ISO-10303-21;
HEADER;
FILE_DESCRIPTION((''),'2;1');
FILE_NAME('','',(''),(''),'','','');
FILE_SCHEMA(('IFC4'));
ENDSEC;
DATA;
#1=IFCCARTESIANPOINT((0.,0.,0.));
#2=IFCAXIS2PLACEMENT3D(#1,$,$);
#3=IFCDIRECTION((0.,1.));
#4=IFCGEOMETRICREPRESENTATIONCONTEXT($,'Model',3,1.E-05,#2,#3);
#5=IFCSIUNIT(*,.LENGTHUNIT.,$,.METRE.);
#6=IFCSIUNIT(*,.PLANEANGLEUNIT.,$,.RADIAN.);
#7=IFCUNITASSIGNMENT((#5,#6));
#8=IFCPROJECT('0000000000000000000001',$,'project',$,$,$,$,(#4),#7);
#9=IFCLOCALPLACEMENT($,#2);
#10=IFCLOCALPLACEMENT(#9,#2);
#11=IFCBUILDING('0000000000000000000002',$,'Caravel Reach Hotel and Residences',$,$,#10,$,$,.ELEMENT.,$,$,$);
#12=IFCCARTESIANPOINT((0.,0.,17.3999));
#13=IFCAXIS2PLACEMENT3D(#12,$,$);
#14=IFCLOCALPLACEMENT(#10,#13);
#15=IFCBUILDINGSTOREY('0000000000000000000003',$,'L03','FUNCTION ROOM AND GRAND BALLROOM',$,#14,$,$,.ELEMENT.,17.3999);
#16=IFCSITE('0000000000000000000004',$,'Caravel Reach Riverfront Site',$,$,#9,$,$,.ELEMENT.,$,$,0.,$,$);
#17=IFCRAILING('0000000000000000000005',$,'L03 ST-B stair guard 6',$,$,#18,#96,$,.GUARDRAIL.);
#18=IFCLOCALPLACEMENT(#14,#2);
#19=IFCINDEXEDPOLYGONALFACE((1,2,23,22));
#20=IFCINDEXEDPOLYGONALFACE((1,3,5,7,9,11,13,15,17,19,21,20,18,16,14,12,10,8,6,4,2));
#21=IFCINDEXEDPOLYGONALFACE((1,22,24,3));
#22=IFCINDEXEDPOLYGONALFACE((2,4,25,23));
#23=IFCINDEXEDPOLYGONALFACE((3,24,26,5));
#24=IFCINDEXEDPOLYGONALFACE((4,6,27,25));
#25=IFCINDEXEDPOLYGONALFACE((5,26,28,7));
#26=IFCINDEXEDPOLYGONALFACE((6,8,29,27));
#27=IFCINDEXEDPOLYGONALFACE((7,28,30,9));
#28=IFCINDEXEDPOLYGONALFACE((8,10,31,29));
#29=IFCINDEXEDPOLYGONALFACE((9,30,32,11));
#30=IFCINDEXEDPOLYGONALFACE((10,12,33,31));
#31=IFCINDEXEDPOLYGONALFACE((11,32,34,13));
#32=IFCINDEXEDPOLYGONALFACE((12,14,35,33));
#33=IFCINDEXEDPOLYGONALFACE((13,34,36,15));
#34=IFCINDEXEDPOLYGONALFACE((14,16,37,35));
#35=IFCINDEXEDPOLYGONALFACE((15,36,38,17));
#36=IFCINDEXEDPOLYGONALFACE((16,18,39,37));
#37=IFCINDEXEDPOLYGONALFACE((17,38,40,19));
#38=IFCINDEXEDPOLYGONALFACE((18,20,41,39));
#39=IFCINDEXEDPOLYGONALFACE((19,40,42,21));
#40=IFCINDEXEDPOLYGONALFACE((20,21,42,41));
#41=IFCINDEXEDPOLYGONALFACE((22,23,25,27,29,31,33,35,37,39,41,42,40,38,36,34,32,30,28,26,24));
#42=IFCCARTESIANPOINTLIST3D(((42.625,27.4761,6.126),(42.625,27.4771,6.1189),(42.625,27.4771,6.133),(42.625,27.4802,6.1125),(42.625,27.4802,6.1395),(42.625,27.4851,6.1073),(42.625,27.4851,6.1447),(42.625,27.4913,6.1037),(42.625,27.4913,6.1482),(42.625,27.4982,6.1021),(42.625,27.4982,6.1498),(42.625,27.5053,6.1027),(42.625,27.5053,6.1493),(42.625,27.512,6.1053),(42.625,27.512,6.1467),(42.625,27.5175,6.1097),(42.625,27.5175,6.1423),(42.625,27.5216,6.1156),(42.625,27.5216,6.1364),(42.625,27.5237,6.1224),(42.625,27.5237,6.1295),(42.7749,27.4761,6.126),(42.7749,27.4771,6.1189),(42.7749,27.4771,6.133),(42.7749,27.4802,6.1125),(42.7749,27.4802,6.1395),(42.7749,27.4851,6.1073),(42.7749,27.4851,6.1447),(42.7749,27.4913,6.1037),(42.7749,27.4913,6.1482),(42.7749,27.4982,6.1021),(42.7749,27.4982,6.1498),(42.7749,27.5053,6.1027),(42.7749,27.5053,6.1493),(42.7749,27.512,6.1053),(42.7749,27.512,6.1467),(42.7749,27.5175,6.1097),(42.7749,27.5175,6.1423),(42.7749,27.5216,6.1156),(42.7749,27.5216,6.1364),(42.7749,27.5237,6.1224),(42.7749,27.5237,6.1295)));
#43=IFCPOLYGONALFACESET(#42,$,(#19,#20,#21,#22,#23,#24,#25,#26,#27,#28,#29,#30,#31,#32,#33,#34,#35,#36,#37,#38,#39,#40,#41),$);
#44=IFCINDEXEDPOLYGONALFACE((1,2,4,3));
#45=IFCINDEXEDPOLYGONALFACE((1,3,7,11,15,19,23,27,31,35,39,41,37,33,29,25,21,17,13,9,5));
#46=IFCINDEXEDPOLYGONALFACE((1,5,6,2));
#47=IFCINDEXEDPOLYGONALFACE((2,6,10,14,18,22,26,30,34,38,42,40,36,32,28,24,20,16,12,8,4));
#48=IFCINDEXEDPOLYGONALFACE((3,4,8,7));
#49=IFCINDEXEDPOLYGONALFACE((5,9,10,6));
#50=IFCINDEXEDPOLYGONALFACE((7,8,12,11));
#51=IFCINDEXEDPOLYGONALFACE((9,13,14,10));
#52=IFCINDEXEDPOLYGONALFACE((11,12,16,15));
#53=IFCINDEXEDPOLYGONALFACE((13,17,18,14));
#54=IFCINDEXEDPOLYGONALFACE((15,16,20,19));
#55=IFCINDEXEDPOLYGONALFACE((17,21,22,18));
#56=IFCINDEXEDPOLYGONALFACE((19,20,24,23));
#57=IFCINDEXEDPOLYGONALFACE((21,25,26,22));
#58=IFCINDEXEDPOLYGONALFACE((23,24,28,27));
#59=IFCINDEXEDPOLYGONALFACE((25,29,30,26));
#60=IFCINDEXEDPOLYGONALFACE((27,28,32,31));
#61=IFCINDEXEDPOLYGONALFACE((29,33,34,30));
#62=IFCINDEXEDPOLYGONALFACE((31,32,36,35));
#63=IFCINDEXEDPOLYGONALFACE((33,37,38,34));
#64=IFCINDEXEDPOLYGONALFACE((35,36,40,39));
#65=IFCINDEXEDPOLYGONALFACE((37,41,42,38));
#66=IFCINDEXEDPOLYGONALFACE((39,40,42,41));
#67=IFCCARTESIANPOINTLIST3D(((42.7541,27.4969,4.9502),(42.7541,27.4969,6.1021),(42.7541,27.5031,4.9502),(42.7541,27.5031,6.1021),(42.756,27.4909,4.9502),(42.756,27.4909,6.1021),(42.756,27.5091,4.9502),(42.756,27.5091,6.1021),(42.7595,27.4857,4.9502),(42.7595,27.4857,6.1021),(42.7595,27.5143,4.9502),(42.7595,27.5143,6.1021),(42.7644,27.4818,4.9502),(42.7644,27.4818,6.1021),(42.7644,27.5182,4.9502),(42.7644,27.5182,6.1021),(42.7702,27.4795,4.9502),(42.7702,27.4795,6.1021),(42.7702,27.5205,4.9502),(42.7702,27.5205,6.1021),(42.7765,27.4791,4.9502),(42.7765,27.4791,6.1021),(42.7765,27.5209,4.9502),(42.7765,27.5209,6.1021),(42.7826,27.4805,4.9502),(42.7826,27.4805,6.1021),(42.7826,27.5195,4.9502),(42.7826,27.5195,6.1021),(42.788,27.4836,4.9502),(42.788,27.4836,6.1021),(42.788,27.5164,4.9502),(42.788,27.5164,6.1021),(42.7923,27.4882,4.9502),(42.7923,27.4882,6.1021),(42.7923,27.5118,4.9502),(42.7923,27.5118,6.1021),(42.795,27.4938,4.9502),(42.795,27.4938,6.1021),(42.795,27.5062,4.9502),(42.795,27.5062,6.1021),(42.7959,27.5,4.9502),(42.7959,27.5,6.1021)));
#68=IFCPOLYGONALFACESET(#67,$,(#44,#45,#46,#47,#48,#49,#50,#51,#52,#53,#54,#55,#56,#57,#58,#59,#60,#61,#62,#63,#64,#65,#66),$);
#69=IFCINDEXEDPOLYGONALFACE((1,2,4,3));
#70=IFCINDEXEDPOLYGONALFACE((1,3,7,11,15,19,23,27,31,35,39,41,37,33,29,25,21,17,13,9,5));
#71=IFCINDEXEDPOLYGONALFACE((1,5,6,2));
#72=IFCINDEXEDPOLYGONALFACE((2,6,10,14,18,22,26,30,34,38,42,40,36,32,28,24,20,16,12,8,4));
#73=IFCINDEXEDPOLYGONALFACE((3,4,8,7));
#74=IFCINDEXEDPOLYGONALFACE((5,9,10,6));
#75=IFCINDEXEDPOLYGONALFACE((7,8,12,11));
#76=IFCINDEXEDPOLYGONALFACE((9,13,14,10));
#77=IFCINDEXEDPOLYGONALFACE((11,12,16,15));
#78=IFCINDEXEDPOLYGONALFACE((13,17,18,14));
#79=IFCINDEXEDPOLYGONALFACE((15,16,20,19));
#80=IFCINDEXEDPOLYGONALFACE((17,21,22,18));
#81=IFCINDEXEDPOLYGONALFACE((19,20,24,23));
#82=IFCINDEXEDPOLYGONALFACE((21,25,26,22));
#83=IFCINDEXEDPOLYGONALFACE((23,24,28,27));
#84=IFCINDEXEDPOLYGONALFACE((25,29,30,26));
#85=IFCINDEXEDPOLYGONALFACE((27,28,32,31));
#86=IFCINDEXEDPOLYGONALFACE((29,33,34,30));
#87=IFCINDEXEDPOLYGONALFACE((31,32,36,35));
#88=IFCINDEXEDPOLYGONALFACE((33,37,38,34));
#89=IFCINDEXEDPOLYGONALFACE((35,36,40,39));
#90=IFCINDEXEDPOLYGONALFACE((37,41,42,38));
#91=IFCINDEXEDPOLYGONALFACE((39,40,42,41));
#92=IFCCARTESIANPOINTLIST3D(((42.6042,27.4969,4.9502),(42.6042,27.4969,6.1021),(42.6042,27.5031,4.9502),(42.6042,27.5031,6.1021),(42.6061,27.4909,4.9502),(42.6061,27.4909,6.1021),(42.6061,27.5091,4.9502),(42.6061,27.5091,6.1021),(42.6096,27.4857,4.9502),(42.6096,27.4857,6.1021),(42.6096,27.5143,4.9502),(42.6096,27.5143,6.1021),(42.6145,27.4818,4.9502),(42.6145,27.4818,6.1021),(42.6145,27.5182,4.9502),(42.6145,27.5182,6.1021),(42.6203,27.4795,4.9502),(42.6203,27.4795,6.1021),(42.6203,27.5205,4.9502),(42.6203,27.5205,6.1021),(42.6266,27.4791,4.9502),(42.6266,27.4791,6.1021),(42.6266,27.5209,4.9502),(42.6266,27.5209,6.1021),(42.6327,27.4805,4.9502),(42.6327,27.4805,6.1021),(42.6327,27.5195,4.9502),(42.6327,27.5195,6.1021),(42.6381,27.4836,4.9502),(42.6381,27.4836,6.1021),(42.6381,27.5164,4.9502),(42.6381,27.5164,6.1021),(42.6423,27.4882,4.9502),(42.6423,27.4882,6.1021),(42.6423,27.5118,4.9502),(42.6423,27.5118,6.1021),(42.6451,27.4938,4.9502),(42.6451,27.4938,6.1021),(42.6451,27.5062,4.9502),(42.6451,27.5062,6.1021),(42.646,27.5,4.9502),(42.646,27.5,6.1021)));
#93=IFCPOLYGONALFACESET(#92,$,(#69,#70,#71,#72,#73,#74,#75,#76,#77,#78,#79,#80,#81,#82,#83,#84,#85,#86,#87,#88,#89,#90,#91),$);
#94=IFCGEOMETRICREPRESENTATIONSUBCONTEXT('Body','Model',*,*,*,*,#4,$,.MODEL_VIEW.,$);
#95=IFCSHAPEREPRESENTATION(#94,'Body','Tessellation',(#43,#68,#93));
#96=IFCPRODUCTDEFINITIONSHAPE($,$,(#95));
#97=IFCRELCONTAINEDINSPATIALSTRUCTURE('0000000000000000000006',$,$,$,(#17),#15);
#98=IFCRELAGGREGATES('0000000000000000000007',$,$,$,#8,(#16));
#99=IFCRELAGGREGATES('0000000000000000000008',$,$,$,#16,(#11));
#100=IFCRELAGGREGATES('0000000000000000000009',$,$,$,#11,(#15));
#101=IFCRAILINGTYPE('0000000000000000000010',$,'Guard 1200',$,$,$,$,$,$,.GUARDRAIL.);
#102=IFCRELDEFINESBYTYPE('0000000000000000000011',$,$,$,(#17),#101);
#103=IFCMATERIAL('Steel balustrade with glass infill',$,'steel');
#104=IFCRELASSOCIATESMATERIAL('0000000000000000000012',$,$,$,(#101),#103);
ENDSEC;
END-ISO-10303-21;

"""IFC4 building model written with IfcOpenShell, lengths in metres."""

from ifc_helpers import new_model, si_unit, direction, frame, origin, origin_2d, place, context, subcontext, project, spatial, circle, extrude, material, type_object, element, save


model = new_model("IFC4")

# Units and contexts
model_context = context("Model", 3, precision=1e-05, world=origin(), true_north=direction((0.0, 1.0)))
body_context = subcontext(model_context, "Body", "Model", "MODEL_VIEW")
ifc_project = project(units=[si_unit("LENGTHUNIT", "METRE"), si_unit("PLANEANGLEUNIT", "RADIAN")], contexts=[model_context])

# Site, building, storey
site_placement = place(None, origin())
site = spatial("IfcSite", under=ifc_project, at=site_placement, Name="Caravel Reach Riverfront Site", CompositionType="ELEMENT", RefElevation=0.0)
building_placement = place(site_placement, origin())
building = spatial("IfcBuilding", under=site, at=building_placement, Name="Caravel Reach Hotel and Residences", CompositionType="ELEMENT")
storey_placement = place(building_placement, frame((0.0, 0.0, 17.3999)))
storey = spatial("IfcBuildingStorey", under=building, at=storey_placement, Name="L03", Description="FUNCTION ROOM AND GRAND BALLROOM", CompositionType="ELEMENT", Elevation=17.3999)

# Railing
ifc_material_1 = material(Name="Steel balustrade with glass infill", Category="steel")
railing_type_1 = type_object("IfcRailingType", Name="Guard 1200", PredefinedType="GUARDRAIL", material=ifc_material_1)
railing_1_placement = place(storey_placement, frame((42.7749, 27.5, 4.9502)))
element("IfcRailing", 1, at=railing_1_placement, inside=storey, type_object=railing_type_1, Name="L03 ST-B stair guard 6", PredefinedType="GUARDRAIL", context=body_context, shape_type="SweptSolid", body=[
    extrude(circle(Radius=0.0239, at=origin_2d()), frame((0.0, 0.0, 1.1758), z_axis=(-1.0, 0.0, 0.0), x_axis=(0.0, -1.0, 0.0)), (0.0, 0.0, 1.0), 0.1499),
    extrude(circle(Radius=0.021, at=origin_2d()), origin(), (0.0, 0.0, 1.0), 1.1519),
    extrude(circle(Radius=0.021, at=origin_2d()), frame((-0.1499, 0.0, 0.0)), (0.0, 0.0, 1.0), 1.1519),
])

save(model, "model.ifc")
